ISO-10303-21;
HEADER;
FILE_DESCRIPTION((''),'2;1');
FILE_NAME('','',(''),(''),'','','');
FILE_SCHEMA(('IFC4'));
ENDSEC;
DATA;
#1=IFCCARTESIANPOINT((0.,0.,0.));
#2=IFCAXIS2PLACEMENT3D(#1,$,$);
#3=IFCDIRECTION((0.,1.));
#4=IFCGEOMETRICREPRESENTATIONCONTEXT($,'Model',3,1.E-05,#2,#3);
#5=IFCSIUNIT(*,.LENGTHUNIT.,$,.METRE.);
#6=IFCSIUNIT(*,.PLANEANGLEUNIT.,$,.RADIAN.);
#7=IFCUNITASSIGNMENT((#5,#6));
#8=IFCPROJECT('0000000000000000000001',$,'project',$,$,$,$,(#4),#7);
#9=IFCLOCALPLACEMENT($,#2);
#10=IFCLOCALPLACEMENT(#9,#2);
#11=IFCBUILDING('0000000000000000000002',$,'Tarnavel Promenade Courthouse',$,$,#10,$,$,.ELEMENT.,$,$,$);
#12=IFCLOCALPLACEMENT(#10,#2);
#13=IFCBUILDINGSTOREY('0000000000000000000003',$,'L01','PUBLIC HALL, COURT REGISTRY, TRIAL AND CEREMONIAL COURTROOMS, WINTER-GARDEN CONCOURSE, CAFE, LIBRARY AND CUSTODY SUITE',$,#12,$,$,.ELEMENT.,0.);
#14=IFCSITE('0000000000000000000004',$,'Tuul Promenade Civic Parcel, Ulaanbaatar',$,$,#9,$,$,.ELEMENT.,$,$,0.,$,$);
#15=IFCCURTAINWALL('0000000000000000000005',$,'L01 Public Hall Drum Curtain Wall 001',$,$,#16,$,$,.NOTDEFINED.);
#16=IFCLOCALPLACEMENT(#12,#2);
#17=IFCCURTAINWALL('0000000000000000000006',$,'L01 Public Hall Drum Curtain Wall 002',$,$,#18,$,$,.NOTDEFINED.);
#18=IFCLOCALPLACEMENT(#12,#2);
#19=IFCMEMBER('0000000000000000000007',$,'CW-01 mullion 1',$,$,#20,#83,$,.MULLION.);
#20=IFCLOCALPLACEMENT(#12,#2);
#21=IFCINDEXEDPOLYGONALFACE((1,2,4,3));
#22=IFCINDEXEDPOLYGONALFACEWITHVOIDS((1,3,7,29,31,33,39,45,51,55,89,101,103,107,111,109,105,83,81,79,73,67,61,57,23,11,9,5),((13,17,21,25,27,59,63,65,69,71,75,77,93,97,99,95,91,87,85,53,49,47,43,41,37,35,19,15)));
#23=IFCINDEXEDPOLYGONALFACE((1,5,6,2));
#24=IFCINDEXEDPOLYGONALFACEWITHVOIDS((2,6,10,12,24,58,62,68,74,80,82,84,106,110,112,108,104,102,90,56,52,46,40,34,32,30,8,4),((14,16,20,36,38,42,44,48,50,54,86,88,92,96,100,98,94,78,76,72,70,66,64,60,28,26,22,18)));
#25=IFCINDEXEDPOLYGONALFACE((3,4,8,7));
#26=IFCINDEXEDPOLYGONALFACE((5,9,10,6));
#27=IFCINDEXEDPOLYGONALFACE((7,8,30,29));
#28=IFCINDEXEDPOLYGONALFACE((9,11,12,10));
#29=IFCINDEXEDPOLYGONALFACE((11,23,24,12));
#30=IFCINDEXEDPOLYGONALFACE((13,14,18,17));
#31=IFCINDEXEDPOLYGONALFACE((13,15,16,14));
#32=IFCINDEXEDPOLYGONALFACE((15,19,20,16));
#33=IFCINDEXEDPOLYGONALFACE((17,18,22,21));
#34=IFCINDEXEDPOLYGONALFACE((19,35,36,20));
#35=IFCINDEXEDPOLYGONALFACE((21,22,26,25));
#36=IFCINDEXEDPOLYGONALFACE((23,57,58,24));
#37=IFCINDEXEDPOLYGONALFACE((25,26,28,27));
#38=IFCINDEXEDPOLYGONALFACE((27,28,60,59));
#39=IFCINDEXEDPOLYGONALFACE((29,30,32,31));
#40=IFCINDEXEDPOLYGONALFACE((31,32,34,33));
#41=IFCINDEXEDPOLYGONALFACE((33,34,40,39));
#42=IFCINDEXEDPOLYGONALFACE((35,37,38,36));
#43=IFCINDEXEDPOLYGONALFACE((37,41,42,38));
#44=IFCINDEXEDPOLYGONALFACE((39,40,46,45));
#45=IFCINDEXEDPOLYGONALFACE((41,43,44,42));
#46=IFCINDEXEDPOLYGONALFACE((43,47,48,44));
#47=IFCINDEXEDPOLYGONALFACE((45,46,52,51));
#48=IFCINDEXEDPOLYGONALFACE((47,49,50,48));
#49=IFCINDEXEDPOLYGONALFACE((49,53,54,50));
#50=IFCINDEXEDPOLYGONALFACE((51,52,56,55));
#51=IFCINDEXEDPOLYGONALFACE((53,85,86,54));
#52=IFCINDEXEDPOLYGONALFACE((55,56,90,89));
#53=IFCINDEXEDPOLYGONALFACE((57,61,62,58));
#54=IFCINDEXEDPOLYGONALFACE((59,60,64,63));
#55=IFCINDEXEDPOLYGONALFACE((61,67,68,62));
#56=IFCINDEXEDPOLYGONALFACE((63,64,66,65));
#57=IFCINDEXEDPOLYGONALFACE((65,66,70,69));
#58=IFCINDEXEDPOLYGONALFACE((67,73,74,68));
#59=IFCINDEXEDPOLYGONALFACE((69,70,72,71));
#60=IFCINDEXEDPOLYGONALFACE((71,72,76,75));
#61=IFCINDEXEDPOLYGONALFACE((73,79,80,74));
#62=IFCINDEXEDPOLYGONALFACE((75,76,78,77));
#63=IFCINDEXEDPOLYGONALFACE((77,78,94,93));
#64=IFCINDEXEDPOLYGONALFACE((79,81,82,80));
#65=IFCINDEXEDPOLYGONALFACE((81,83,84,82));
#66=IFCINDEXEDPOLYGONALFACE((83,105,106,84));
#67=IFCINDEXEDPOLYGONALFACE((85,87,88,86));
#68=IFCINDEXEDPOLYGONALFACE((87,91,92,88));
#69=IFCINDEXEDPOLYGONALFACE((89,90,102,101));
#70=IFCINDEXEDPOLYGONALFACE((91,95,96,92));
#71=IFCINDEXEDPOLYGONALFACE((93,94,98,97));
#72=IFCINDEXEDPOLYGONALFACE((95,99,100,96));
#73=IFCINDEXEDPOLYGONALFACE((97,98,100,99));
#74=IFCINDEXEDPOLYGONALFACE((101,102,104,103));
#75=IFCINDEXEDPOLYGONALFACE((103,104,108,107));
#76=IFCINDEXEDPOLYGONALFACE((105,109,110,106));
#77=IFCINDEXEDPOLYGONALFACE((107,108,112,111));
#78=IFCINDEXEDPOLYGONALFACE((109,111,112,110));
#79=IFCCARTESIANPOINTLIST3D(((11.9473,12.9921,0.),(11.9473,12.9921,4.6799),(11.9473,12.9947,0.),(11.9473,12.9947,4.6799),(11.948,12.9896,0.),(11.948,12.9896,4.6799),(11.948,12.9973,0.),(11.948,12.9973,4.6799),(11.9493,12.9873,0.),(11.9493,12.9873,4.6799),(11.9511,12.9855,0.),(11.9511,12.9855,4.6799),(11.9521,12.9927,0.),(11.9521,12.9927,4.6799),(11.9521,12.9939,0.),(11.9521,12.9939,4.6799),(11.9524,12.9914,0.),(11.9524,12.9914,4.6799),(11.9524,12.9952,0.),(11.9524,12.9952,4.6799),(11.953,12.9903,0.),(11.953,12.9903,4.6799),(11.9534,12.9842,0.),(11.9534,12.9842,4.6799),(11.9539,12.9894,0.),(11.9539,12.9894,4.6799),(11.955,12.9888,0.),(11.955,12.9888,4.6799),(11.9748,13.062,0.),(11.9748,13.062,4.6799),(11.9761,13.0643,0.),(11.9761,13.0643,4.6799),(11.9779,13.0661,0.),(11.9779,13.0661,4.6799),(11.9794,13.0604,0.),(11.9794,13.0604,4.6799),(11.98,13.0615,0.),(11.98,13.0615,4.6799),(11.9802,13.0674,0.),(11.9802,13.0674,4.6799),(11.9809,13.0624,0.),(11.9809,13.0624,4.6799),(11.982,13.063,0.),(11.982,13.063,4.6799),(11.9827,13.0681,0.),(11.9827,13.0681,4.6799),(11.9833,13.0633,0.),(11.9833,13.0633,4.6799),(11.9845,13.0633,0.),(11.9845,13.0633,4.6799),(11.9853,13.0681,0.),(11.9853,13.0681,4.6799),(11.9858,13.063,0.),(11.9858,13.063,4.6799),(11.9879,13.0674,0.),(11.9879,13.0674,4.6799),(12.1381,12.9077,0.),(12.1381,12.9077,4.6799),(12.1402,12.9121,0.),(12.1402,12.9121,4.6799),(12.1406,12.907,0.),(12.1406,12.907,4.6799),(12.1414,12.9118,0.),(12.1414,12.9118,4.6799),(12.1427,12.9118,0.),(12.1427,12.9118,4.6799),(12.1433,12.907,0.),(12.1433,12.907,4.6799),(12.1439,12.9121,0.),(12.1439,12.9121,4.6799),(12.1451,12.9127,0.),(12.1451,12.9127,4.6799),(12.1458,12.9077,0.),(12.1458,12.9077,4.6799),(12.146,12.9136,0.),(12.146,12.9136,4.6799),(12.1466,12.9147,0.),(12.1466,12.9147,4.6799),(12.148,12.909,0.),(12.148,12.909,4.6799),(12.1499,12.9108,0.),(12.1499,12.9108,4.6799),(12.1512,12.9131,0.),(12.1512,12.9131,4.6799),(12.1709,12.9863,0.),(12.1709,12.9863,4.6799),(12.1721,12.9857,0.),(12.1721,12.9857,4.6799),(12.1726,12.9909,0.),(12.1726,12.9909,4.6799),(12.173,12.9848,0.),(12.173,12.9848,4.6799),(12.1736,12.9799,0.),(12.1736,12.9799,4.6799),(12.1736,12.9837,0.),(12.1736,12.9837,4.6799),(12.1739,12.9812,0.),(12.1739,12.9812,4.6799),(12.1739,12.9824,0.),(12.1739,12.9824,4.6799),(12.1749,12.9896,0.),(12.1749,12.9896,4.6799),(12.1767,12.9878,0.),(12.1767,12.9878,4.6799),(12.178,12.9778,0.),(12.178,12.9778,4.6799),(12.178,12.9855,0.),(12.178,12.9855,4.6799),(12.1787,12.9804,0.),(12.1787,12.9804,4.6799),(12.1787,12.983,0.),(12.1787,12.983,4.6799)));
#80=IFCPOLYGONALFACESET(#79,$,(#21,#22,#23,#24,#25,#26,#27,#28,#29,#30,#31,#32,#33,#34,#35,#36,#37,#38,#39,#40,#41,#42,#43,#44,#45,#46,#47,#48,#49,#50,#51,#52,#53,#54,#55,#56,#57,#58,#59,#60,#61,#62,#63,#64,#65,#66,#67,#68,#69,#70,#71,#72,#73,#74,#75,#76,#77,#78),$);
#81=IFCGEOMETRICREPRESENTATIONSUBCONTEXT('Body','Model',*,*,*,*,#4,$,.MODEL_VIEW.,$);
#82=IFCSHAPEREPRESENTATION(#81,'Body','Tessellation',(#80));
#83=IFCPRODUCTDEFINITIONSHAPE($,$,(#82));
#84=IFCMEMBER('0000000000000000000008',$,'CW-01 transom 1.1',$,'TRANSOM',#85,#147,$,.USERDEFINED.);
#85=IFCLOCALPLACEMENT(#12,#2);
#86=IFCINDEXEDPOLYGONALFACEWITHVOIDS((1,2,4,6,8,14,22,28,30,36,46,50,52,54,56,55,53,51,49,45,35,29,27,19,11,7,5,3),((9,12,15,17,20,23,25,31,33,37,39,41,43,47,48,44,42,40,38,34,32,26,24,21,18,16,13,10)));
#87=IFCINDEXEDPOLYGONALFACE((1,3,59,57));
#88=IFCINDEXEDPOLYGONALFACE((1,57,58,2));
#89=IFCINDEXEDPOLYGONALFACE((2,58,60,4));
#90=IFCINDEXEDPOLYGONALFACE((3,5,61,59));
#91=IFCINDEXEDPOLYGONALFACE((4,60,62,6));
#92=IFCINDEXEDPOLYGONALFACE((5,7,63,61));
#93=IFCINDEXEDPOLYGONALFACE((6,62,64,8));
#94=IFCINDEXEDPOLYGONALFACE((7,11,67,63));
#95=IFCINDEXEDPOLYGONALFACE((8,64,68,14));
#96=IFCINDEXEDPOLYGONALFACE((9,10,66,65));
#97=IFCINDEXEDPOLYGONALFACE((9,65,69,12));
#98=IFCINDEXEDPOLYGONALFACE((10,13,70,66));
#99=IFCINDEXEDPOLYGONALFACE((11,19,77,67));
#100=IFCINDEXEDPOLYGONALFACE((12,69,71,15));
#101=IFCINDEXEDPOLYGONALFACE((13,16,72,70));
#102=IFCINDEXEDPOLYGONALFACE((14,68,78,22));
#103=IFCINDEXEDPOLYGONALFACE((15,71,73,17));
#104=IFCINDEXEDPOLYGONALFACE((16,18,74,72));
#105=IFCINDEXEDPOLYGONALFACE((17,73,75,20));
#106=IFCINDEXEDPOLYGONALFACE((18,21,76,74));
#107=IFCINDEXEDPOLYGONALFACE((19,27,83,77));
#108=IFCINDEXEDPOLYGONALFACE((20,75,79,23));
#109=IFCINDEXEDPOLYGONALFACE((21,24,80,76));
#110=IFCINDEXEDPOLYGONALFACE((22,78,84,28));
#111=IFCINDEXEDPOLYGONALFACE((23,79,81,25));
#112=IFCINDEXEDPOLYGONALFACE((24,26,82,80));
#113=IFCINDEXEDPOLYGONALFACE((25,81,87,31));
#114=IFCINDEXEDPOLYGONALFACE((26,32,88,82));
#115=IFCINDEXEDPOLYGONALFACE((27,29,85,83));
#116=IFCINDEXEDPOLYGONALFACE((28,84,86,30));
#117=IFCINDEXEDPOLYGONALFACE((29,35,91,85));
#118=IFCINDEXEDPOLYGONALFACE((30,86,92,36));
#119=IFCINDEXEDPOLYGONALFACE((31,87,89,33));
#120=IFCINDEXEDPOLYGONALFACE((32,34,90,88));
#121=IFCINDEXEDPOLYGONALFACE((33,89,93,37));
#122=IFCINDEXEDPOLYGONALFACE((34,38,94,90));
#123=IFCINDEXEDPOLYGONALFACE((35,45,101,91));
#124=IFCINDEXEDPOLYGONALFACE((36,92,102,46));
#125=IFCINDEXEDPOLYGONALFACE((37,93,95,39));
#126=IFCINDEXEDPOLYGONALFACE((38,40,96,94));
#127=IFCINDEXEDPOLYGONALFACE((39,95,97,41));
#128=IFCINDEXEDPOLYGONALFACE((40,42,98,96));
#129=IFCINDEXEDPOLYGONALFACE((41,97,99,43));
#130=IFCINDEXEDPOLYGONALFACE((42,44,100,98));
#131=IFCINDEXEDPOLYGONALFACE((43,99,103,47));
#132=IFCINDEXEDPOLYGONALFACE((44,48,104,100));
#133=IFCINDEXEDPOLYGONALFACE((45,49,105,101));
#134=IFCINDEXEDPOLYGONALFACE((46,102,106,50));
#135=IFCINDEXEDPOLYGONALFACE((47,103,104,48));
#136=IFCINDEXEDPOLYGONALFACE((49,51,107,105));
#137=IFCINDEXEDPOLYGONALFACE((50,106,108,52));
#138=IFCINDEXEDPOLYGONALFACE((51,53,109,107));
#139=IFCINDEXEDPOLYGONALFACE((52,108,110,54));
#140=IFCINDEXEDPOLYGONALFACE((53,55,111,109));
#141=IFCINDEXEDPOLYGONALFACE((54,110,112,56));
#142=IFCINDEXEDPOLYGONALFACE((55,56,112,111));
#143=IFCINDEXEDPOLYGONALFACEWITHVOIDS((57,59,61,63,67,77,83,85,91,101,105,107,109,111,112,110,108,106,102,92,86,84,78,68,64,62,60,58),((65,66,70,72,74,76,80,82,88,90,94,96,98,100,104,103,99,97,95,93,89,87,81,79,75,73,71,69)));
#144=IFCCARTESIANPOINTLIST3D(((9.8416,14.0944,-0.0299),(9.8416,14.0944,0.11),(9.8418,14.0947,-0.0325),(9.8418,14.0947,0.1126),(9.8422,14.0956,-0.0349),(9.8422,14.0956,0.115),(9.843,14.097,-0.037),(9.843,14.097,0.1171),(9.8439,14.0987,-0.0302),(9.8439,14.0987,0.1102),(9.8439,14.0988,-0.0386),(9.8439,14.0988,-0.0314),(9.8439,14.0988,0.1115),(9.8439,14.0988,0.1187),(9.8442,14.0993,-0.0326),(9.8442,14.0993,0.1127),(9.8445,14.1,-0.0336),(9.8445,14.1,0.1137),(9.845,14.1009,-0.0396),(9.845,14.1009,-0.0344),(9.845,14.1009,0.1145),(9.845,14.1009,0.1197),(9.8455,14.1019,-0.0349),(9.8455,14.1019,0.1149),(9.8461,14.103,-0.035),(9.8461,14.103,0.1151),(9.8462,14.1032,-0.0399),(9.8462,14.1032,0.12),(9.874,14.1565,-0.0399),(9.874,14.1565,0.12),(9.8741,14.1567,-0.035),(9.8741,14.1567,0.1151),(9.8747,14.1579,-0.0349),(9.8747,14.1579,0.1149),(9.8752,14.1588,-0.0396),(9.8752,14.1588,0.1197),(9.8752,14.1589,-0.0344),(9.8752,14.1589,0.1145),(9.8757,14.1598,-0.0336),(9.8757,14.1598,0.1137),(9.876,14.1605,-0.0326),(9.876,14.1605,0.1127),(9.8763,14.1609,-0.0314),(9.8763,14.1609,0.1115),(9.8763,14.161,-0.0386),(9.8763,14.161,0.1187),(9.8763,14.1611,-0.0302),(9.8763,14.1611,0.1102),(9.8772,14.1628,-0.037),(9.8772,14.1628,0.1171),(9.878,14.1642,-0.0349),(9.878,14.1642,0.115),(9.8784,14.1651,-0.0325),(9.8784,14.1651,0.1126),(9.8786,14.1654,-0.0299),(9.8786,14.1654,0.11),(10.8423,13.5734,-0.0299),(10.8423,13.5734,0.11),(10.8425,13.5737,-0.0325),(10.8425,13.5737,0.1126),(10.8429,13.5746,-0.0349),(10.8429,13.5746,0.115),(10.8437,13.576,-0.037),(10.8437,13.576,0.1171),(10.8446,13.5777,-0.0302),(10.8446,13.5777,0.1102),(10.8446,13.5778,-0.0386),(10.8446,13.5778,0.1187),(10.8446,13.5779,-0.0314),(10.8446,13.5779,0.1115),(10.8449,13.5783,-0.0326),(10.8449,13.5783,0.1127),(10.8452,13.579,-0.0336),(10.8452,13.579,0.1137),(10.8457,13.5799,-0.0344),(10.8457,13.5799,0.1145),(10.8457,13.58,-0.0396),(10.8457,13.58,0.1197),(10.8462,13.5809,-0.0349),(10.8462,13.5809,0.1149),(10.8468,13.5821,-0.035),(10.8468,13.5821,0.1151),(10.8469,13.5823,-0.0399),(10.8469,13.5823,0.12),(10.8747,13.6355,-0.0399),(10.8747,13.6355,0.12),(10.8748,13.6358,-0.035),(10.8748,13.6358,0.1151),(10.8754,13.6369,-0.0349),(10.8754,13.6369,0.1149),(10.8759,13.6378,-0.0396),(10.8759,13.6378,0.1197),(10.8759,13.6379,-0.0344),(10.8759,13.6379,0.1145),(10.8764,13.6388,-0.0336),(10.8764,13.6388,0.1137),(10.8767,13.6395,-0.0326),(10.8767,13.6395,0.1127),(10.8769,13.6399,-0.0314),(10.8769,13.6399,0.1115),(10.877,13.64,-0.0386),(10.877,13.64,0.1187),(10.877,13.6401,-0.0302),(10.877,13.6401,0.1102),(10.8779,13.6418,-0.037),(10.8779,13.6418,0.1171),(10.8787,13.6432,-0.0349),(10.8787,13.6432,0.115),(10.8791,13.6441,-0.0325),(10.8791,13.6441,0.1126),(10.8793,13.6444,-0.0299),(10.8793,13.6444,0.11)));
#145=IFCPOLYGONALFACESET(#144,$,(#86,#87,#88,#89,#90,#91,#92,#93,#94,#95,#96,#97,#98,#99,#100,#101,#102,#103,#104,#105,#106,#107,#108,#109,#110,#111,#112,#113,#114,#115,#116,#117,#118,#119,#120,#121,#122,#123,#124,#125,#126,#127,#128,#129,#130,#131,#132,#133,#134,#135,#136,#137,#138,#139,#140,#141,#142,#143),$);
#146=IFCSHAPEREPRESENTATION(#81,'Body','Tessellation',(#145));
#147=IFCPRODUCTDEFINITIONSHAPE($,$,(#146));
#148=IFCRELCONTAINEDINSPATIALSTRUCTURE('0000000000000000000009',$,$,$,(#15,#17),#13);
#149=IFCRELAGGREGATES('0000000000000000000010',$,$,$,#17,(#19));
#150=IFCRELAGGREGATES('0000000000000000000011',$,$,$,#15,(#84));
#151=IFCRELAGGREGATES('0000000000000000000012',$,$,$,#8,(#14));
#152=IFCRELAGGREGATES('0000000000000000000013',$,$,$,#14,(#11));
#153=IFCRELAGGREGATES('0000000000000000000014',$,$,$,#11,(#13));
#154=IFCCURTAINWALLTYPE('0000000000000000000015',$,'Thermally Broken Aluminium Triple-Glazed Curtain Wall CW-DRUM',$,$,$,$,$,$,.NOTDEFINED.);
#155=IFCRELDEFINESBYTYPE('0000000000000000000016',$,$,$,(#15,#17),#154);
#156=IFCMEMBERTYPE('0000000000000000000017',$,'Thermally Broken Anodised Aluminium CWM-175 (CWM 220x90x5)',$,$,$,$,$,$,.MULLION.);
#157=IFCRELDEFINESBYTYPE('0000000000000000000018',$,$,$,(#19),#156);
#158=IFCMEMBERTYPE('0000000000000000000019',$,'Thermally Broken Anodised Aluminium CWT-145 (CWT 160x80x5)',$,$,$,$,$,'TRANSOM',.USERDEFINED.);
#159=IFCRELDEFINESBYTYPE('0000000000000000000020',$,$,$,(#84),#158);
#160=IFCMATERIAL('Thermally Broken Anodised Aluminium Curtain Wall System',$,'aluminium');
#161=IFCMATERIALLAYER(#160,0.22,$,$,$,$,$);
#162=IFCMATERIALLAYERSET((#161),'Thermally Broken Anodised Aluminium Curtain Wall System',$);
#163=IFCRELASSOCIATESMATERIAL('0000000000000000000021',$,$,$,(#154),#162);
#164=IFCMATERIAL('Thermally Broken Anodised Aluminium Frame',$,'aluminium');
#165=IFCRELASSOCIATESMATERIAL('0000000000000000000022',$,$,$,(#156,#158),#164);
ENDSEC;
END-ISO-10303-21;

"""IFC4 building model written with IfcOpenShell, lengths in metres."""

from ifc_helpers import new_model, si_unit, direction, frame, origin, origin_2d, place, context, subcontext, project, spatial, hollow_rectangle, extrude, material, layer, layer_set, material_profile, profile_set, type_object, element, aggregate, save


model = new_model("IFC4")

# Units and contexts
model_context = context("Model", 3, precision=1e-05, world=origin(), true_north=direction((0.0, 1.0)))
body_context = subcontext(model_context, "Body", "Model", "MODEL_VIEW")
ifc_project = project(units=[si_unit("LENGTHUNIT", "METRE"), si_unit("PLANEANGLEUNIT", "RADIAN")], contexts=[model_context])

# Site, building, storey
site_placement = place(None, origin())
site = spatial("IfcSite", under=ifc_project, at=site_placement, Name="Tuul Promenade Civic Parcel, Ulaanbaatar", CompositionType="ELEMENT", RefElevation=0.0)
building_placement = place(site_placement, origin())
building = spatial("IfcBuilding", under=site, at=building_placement, Name="Tarnavel Promenade Courthouse", CompositionType="ELEMENT")
storey_placement = place(building_placement, origin())
storey = spatial("IfcBuildingStorey", under=building, at=storey_placement, Name="L01", Description="PUBLIC HALL, COURT REGISTRY, TRIAL AND CEREMONIAL COURTROOMS, WINTER-GARDEN CONCOURSE, CAFE, LIBRARY AND CUSTODY SUITE", CompositionType="ELEMENT", Elevation=0.0)

# Curtain wall
ifc_material_1 = material(Name="Thermally Broken Anodised Aluminium Curtain Wall System", Category="aluminium")
ifc_layer_1 = layer(ifc_material_1, 0.22)
ifc_layer_set_1 = layer_set([ifc_layer_1], Name="Thermally Broken Anodised Aluminium Curtain Wall System")
curtain_wall_type = type_object("IfcCurtainWallType", Name="Thermally Broken Aluminium Triple-Glazed Curtain Wall CW-DRUM", PredefinedType="NOTDEFINED", material=ifc_layer_set_1)
curtain_wall_1_placement = place(storey_placement, origin())
curtain_wall_1 = element("IfcCurtainWall", 1, at=curtain_wall_1_placement, inside=storey, type_object=curtain_wall_type, Name="L01 Public Hall Drum Curtain Wall 001", PredefinedType="NOTDEFINED")
ifc_material_2 = material(Name="Thermally Broken Anodised Aluminium Frame", Category="aluminium")
ifc_material_profile_1 = material_profile(ifc_material_2, hollow_rectangle(XDim=0.0901, YDim=0.22, WallThickness=0.0049, InnerFilletRadius=0.0049, OuterFilletRadius=0.01, at=origin_2d()), Name="CWM 220x90x5")
ifc_profile_set_1 = profile_set([ifc_material_profile_1], Name="Thermally Broken Anodised Aluminium Frame")
member_type_1 = type_object("IfcMemberType", Name="Thermally Broken Anodised Aluminium CWM-175 (CWM 220x90x5)", PredefinedType="MULLION", material=ifc_profile_set_1)

# Curtain wall, member
curtain_wall_2_placement = place(storey_placement, origin())
curtain_wall_2 = element("IfcCurtainWall", 2, at=curtain_wall_2_placement, inside=storey, type_object=curtain_wall_type, Name="L01 Public Hall Drum Curtain Wall 002", PredefinedType="NOTDEFINED")
member_1_placement = place(storey_placement, frame((12.063, 12.9875, 0.0), z_axis=(0.0, 0.0, 1.0), x_axis=(0.382685, 0.923879, 0.0)))
member_1 = element("IfcMember", 3, at=member_1_placement, type_object=member_type_1, Name="CW-01 mullion 1", PredefinedType="MULLION", context=body_context, shape_type="SweptSolid", body=[
    extrude(hollow_rectangle(XDim=0.0901, YDim=0.22, WallThickness=0.0049, InnerFilletRadius=0.0049, OuterFilletRadius=0.01, at=origin_2d()), origin(), (0.0, 0.0, 1.0), 4.6799),
])

# Member
ifc_material_profile_2 = material_profile(ifc_material_2, hollow_rectangle(XDim=0.0801, YDim=0.1599, WallThickness=0.0049, InnerFilletRadius=0.0049, OuterFilletRadius=0.01, at=origin_2d()), Name="CWT 160x80x5")
ifc_profile_set_2 = profile_set([ifc_material_profile_2], Name="Thermally Broken Anodised Aluminium Frame")
member_type_2 = type_object("IfcMemberType", Name="Thermally Broken Anodised Aluminium CWT-145 (CWT 160x80x5)", ElementType="TRANSOM", PredefinedType="USERDEFINED", material=ifc_profile_set_2)
member_2_placement = place(storey_placement, frame((9.8601, 14.1299, 0.04), z_axis=(0.886993, -0.461782, 0.0), x_axis=(0.461782, 0.886993, 0.0)))
member_2 = element("IfcMember", 4, at=member_2_placement, type_object=member_type_2, Name="CW-01 transom 1.1", ObjectType="TRANSOM", PredefinedType="USERDEFINED", context=body_context, shape_type="SweptSolid", body=[
    extrude(hollow_rectangle(XDim=0.0801, YDim=0.1599, WallThickness=0.0049, InnerFilletRadius=0.0049, OuterFilletRadius=0.01, at=origin_2d()), origin(), (0.0, 0.0, 1.0), 1.1282),
])
aggregate(curtain_wall_2, [member_1])

aggregate(curtain_wall_1, [member_2])

save(model, "model.ifc")
